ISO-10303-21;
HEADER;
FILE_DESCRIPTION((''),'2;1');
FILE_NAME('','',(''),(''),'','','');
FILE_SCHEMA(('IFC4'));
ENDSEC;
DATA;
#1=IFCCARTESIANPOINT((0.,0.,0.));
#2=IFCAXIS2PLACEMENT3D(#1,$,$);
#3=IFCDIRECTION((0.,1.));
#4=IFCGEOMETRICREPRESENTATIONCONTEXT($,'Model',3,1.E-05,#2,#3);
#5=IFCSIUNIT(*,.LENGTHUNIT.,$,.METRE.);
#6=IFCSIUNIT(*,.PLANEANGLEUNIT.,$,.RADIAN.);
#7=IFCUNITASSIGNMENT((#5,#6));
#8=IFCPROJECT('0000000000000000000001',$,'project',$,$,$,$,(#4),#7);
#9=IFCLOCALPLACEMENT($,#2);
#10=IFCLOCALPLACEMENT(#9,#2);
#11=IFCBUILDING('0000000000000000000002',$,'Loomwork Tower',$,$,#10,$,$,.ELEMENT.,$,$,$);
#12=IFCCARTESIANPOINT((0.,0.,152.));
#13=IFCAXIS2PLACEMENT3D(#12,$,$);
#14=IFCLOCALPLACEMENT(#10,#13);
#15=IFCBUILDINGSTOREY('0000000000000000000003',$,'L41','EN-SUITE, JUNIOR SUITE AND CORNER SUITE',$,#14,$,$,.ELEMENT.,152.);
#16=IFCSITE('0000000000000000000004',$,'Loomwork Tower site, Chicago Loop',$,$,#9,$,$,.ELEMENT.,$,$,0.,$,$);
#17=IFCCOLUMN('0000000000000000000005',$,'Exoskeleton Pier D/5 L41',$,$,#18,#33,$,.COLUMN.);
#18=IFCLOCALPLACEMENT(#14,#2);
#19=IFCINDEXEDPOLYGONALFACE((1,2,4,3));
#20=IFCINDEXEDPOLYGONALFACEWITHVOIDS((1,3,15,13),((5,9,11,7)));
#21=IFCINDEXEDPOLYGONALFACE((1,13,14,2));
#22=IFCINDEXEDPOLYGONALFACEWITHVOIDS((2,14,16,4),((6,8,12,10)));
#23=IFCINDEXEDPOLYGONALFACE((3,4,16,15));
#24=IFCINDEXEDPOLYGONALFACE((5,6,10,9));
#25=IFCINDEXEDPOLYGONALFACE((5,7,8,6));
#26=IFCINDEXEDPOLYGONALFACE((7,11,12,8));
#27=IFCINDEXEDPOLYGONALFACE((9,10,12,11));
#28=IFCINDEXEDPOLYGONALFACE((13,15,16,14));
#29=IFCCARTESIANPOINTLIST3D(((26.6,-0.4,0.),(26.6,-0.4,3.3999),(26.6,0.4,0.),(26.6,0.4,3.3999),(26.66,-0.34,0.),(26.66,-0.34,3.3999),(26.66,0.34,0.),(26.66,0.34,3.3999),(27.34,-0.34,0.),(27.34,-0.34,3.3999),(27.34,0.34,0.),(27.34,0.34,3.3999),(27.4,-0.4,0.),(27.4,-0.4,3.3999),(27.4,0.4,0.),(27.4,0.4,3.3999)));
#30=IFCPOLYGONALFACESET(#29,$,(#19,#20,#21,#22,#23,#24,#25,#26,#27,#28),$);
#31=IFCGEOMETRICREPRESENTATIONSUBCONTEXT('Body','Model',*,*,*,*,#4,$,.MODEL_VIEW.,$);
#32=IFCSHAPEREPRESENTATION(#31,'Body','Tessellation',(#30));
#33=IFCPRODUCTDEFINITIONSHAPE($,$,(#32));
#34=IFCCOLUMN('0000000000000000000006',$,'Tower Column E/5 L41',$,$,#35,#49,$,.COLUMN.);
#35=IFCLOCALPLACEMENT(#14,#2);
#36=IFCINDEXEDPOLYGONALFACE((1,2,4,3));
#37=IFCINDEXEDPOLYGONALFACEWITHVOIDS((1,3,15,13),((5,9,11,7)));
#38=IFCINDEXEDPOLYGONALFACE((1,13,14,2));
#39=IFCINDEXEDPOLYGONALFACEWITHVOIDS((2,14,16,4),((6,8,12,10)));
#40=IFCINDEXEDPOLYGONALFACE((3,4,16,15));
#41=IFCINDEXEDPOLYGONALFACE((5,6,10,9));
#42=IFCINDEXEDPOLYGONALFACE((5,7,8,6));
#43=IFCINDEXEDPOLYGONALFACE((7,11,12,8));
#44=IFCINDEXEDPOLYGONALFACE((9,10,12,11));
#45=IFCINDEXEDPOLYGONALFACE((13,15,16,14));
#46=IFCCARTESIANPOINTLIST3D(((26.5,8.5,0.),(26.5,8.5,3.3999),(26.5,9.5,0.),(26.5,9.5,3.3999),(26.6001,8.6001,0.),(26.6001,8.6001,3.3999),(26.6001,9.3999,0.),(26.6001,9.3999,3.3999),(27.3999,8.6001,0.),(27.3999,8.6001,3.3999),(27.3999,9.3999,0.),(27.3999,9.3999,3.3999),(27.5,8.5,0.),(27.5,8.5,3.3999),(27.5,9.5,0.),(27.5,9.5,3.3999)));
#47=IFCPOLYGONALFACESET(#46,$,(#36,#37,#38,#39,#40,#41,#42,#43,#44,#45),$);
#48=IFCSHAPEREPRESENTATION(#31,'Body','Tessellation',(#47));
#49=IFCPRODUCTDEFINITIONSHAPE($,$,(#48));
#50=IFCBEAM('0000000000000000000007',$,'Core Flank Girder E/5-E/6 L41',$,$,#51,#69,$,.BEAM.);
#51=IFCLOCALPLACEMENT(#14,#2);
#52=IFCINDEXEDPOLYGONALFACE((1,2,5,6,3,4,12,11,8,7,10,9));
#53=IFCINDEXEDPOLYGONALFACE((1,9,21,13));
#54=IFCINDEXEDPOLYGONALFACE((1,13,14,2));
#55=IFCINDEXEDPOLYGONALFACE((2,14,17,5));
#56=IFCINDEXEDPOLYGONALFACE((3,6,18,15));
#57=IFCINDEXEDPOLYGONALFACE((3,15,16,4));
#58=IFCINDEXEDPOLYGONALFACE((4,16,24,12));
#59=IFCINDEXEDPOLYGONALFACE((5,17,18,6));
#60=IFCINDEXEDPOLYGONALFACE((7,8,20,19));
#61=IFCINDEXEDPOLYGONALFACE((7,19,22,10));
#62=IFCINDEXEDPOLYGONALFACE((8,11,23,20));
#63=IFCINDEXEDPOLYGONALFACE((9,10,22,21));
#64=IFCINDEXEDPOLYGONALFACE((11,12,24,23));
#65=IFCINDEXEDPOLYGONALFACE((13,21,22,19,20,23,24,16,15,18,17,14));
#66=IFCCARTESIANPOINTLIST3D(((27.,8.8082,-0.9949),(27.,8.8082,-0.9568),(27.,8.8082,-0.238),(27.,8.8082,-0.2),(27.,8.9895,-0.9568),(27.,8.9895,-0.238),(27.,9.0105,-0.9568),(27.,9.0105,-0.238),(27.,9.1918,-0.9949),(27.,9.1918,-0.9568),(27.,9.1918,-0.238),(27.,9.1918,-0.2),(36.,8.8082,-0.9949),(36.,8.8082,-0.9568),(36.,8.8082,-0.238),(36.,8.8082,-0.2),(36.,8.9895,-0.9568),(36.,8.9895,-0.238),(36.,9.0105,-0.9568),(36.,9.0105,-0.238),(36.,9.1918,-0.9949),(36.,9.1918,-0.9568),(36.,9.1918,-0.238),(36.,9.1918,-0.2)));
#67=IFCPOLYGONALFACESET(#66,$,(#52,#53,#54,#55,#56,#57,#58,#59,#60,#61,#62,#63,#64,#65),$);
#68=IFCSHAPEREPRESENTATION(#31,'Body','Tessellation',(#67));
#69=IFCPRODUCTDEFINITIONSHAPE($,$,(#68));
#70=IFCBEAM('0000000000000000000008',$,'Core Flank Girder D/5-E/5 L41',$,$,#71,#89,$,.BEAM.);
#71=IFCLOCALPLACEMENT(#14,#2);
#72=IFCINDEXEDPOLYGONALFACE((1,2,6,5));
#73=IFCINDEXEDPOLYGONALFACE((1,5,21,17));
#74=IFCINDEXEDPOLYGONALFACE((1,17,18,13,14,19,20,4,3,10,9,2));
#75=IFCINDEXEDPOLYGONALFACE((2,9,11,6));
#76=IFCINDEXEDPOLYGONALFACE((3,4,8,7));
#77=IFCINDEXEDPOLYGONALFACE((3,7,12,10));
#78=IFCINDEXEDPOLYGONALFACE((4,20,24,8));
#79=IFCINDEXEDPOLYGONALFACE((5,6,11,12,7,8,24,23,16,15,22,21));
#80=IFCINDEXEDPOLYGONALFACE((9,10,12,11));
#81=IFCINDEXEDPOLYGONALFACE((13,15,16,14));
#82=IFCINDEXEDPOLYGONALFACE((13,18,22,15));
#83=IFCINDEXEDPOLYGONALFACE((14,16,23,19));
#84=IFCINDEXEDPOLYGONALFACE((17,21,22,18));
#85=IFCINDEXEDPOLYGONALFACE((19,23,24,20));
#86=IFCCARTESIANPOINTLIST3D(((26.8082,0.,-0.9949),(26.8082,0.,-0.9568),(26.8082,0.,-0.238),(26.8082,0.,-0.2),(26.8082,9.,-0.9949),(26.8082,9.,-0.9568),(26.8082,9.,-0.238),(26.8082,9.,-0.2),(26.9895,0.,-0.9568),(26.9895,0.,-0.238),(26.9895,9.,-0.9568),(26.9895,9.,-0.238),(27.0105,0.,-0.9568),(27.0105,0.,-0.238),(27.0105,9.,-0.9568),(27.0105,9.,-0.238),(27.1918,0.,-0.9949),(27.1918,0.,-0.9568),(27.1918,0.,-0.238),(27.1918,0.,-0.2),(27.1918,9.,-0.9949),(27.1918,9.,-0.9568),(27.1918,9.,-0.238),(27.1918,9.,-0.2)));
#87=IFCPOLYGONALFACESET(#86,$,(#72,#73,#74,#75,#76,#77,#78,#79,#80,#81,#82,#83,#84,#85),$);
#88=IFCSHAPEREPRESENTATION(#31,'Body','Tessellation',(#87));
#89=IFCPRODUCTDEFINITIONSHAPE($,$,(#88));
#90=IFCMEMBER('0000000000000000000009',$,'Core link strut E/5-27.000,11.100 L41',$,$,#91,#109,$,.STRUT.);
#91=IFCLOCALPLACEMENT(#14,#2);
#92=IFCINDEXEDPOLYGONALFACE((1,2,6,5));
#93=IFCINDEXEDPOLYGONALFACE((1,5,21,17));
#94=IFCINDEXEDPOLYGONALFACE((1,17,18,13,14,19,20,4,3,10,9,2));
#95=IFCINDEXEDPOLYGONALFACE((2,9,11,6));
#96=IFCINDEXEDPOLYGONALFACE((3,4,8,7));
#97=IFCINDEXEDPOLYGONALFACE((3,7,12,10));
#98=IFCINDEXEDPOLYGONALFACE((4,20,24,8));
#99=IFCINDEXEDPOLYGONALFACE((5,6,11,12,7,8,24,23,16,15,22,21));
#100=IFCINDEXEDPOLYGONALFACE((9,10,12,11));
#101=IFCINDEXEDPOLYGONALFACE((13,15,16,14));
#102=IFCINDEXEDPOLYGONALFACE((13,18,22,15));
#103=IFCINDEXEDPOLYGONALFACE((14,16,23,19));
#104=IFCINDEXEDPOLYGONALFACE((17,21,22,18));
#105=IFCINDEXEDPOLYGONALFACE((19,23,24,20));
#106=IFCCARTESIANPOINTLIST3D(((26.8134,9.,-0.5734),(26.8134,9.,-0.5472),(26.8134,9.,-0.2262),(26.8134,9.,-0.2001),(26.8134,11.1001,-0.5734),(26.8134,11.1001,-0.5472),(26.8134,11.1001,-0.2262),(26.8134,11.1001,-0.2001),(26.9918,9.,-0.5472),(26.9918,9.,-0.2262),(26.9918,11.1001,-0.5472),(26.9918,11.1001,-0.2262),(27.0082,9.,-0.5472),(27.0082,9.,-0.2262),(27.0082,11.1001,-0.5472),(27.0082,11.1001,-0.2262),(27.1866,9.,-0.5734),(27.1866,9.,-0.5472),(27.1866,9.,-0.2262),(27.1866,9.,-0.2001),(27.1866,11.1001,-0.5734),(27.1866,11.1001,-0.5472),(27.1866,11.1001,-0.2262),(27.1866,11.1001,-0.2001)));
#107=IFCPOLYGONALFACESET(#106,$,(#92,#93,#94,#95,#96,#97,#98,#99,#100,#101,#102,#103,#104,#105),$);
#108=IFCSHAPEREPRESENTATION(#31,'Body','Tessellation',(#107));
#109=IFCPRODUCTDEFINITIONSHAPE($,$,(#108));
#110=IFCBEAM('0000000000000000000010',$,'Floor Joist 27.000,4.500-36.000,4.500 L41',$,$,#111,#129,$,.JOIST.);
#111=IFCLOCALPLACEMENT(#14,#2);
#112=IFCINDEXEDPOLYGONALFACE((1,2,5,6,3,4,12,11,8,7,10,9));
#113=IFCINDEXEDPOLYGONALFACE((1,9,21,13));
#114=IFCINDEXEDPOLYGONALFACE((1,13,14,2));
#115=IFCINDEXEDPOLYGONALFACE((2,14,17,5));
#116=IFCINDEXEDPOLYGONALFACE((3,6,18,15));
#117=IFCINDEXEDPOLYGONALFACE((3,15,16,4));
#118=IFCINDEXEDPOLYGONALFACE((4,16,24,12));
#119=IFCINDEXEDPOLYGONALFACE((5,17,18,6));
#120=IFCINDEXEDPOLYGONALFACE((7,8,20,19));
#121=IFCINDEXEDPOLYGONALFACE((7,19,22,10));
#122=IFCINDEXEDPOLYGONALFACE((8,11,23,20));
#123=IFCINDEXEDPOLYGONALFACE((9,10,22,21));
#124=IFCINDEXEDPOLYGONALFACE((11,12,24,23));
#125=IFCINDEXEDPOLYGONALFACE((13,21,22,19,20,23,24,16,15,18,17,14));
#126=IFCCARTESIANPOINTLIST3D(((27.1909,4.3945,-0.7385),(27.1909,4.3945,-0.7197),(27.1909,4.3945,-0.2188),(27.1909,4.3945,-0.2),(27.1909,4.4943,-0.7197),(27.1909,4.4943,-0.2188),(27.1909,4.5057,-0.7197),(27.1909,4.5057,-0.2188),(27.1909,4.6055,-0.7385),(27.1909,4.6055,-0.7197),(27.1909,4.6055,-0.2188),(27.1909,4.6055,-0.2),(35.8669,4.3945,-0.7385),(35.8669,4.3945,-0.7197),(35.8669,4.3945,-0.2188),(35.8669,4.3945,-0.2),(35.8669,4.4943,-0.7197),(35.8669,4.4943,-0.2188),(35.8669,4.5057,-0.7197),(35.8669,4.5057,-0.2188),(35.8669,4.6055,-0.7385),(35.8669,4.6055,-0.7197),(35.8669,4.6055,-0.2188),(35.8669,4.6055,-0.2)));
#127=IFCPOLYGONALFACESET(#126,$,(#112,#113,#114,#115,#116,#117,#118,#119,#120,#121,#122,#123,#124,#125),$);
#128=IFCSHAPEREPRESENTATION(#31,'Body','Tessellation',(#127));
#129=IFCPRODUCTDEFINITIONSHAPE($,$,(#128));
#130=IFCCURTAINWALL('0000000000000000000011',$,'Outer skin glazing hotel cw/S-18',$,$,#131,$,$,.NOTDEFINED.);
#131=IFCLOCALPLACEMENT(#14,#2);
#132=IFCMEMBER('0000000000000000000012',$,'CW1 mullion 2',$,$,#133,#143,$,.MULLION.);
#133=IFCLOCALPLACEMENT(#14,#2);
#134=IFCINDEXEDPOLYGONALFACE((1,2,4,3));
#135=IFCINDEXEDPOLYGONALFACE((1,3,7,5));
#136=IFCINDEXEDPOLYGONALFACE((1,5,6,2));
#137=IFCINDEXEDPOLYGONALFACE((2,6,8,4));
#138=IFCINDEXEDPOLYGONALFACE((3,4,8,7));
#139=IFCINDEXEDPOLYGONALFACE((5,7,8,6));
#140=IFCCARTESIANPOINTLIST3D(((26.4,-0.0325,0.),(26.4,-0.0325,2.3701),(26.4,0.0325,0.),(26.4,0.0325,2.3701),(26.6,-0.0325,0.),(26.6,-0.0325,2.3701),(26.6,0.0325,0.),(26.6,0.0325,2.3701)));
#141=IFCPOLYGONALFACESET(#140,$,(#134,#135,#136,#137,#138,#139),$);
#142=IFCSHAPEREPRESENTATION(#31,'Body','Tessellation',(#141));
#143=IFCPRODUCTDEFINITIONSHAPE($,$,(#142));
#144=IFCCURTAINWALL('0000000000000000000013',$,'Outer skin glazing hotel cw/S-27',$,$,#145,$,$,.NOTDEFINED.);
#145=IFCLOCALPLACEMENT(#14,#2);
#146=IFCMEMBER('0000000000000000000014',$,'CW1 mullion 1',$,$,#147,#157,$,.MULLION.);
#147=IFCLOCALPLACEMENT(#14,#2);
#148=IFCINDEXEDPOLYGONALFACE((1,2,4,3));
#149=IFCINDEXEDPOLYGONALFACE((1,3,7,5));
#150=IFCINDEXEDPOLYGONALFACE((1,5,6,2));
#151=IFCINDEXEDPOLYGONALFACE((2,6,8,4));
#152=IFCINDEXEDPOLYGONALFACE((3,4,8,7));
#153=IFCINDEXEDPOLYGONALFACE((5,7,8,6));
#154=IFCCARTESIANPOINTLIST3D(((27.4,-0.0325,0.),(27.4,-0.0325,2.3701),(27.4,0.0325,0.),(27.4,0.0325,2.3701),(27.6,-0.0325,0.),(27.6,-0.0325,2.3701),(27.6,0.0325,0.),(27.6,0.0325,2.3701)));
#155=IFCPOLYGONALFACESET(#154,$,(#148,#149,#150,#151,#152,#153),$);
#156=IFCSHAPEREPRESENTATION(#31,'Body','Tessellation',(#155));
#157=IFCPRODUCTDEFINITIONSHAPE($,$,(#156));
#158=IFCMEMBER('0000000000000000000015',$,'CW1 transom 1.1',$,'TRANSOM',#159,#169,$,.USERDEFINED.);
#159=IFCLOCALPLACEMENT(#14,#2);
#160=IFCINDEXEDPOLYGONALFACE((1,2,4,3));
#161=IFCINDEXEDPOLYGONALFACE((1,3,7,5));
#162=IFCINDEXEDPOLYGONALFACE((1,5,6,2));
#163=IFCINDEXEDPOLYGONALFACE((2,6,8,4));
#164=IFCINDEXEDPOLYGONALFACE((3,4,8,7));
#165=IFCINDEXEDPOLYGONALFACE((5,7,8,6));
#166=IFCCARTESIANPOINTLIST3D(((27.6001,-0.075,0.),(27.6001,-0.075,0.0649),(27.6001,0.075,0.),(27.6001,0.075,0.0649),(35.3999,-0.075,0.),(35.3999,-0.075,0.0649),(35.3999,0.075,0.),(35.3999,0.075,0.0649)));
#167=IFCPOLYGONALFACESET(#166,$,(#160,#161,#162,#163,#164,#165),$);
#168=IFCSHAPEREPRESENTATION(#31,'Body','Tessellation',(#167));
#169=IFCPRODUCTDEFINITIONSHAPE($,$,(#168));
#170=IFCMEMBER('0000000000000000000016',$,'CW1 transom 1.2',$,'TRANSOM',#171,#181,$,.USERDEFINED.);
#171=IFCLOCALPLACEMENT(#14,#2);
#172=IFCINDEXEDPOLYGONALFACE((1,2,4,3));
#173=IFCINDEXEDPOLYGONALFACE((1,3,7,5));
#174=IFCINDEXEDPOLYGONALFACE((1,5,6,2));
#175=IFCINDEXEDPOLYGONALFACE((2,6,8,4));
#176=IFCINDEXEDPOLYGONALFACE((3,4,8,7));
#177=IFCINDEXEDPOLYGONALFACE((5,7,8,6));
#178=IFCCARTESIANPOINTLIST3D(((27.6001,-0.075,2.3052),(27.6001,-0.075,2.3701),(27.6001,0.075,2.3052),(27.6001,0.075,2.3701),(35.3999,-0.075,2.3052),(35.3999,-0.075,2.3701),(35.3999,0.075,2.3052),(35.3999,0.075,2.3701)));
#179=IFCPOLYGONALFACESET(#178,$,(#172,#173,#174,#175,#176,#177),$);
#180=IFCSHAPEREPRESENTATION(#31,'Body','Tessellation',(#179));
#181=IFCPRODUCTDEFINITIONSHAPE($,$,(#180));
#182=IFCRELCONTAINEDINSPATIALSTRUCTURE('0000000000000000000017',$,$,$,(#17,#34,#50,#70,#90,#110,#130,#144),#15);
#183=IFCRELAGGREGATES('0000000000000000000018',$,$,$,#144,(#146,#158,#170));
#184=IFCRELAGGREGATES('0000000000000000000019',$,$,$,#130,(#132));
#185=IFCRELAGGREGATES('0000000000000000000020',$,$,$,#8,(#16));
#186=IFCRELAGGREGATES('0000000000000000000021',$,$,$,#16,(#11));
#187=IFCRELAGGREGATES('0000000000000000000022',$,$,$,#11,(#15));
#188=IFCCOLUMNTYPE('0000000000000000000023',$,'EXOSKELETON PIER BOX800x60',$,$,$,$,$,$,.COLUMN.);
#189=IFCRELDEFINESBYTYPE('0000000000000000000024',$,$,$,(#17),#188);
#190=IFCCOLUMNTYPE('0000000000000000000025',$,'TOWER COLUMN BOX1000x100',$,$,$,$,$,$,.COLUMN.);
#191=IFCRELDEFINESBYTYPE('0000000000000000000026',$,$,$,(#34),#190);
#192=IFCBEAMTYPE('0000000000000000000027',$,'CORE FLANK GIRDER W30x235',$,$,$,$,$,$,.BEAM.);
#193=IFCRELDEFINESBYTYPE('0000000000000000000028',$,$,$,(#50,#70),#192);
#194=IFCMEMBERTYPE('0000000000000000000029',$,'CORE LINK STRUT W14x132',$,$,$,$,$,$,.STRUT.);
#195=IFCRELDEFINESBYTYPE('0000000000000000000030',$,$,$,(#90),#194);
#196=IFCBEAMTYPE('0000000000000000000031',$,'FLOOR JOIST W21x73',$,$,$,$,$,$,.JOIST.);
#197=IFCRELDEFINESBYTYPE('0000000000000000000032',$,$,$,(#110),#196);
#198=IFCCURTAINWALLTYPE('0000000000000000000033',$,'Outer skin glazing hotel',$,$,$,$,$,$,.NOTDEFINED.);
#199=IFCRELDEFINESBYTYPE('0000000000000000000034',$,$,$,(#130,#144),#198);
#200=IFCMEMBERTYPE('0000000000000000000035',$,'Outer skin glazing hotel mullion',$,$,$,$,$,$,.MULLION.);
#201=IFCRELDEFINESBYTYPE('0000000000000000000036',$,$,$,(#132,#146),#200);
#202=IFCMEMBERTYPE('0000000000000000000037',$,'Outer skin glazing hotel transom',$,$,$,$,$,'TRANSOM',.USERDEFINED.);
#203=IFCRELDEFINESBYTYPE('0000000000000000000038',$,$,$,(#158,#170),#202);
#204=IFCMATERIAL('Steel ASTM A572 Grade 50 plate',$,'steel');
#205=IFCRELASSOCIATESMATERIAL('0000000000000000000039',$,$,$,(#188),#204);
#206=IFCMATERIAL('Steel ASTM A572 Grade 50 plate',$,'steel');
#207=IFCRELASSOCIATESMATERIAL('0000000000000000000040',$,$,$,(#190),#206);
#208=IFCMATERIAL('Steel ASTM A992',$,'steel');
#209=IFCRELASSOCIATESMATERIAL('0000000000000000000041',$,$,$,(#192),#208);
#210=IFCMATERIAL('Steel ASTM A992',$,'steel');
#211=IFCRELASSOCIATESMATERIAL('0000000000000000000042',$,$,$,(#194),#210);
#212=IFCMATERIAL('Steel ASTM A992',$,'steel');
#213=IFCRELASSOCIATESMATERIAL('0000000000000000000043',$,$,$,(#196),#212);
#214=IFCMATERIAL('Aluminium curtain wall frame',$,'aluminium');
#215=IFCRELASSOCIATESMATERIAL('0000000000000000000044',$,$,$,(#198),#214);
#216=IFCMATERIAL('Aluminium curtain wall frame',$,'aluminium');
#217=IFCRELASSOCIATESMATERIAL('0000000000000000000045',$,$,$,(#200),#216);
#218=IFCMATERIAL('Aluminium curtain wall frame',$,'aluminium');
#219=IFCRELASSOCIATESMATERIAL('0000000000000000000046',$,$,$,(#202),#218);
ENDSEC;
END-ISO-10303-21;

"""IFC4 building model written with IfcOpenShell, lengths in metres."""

from ifc_helpers import new_model, si_unit, direction, frame, origin, origin_2d, place, context, subcontext, project, spatial, rectangle, hollow_rectangle, i_section, extrude, material, material_profile, profile_set, type_object, element, aggregate, save


model = new_model("IFC4")

# Units and contexts
model_context = context("Model", 3, precision=1e-05, world=origin(), true_north=direction((0.0, 1.0)))
body_context = subcontext(model_context, "Body", "Model", "MODEL_VIEW")
ifc_project = project(units=[si_unit("LENGTHUNIT", "METRE"), si_unit("PLANEANGLEUNIT", "RADIAN")], contexts=[model_context])

# Site, building, storey
site_placement = place(None, origin())
site = spatial("IfcSite", under=ifc_project, at=site_placement, Name="Loomwork Tower site, Chicago Loop", CompositionType="ELEMENT", RefElevation=0.0)
building_placement = place(site_placement, origin())
building = spatial("IfcBuilding", under=site, at=building_placement, Name="Loomwork Tower", CompositionType="ELEMENT")
storey_placement = place(building_placement, frame((0.0, 0.0, 152.0)))
storey = spatial("IfcBuildingStorey", under=building, at=storey_placement, Name="L41", Description="EN-SUITE, JUNIOR SUITE AND CORNER SUITE", CompositionType="ELEMENT", Elevation=152.0)

# Columns
ifc_material_1 = material(Name="Steel ASTM A572 Grade 50 plate", Category="steel")
ifc_material_profile_1 = material_profile(ifc_material_1, hollow_rectangle(XDim=0.8, YDim=0.8, WallThickness=0.0601, at=origin_2d()), Name="BOX800x60")
ifc_profile_set_1 = profile_set([ifc_material_profile_1], Name="Steel ASTM A572 Grade 50 plate")
column_type_1 = type_object("IfcColumnType", Name="EXOSKELETON PIER BOX800x60", PredefinedType="COLUMN", material=ifc_profile_set_1)
column_1_placement = place(storey_placement, frame((27.0, 0.0, 0.0), z_axis=(0.0, 0.0, 1.0), x_axis=(1.0, 0.0, 0.0)))
element("IfcColumn", 1, at=column_1_placement, inside=storey, type_object=column_type_1, Name="Exoskeleton Pier D/5 L41", PredefinedType="COLUMN", context=body_context, shape_type="SweptSolid", body=[
    extrude(hollow_rectangle(XDim=0.8, YDim=0.8, WallThickness=0.0601, at=origin_2d()), origin(), (0.0, 0.0, 1.0), 3.3999),
])
ifc_material_2 = material(Name="Steel ASTM A572 Grade 50 plate", Category="steel")
ifc_material_profile_2 = material_profile(ifc_material_2, hollow_rectangle(XDim=1.0, YDim=1.0, WallThickness=0.1001, at=origin_2d()), Name="BOX1000x100")
ifc_profile_set_2 = profile_set([ifc_material_profile_2], Name="Steel ASTM A572 Grade 50 plate")
column_type_2 = type_object("IfcColumnType", Name="TOWER COLUMN BOX1000x100", PredefinedType="COLUMN", material=ifc_profile_set_2)
column_2_placement = place(storey_placement, frame((27.0, 9.0, 0.0), z_axis=(0.0, 0.0, 1.0), x_axis=(1.0, 0.0, 0.0)))
element("IfcColumn", 2, at=column_2_placement, inside=storey, type_object=column_type_2, Name="Tower Column E/5 L41", PredefinedType="COLUMN", context=body_context, shape_type="SweptSolid", body=[
    extrude(hollow_rectangle(XDim=1.0, YDim=1.0, WallThickness=0.1001, at=origin_2d()), origin(), (0.0, 0.0, 1.0), 3.3999),
])

# Beams
ifc_material_3 = material(Name="Steel ASTM A992", Category="steel")
ifc_material_profile_3 = material_profile(ifc_material_3, i_section(OverallWidth=0.3835, OverallDepth=0.7949, WebThickness=0.021, FlangeThickness=0.0381, at=origin_2d()), Name="W30x235")
ifc_profile_set_3 = profile_set([ifc_material_profile_3], Name="Steel ASTM A992")
beam_type_1 = type_object("IfcBeamType", Name="CORE FLANK GIRDER W30x235", PredefinedType="BEAM", material=ifc_profile_set_3)
for number, where, z_axis, x_axis, name in (
    (3, (27.0, 9.0, -0.5974), (1.0, 0.0, 0.0), (0.0, 1.0, 0.0), "Core Flank Girder E/5-E/6 L41"),
    (4, (27.0, 0.0, -0.5974), (0.0, 1.0, 0.0), (-1.0, 0.0, 0.0), "Core Flank Girder D/5-E/5 L41"),
):
    element("IfcBeam", number, at=place(storey_placement, frame(where, z_axis=z_axis, x_axis=x_axis)), inside=storey, type_object=beam_type_1, Name=name, PredefinedType="BEAM", context=body_context, shape_type="SweptSolid", body=[
        extrude(i_section(OverallWidth=0.3835, OverallDepth=0.7949, WebThickness=0.021, FlangeThickness=0.0381, at=origin_2d()), origin(), (0.0, 0.0, 1.0), 9.0),
    ])

# Member
ifc_material_4 = material(Name="Steel ASTM A992", Category="steel")
ifc_material_profile_4 = material_profile(ifc_material_4, i_section(OverallWidth=0.3733, OverallDepth=0.3733, WebThickness=0.0164, FlangeThickness=0.0261, at=origin_2d()), Name="W14x132")
ifc_profile_set_4 = profile_set([ifc_material_profile_4], Name="Steel ASTM A992")
member_type_1 = type_object("IfcMemberType", Name="CORE LINK STRUT W14x132", PredefinedType="STRUT", material=ifc_profile_set_4)
member_1_placement = place(storey_placement, frame((27.0, 9.0, -0.3867), z_axis=(0.0, 1.0, 0.0), x_axis=(-1.0, 0.0, 0.0)))
element("IfcMember", 5, at=member_1_placement, inside=storey, type_object=member_type_1, Name="Core link strut E/5-27.000,11.100 L41", PredefinedType="STRUT", context=body_context, shape_type="SweptSolid", body=[
    extrude(i_section(OverallWidth=0.3733, OverallDepth=0.3733, WebThickness=0.0164, FlangeThickness=0.0261, at=origin_2d()), origin(), (0.0, 0.0, 1.0), 2.1001),
])

# Beam
ifc_material_5 = material(Name="Steel ASTM A992", Category="steel")
ifc_material_profile_5 = material_profile(ifc_material_5, i_section(OverallWidth=0.2109, OverallDepth=0.5386, WebThickness=0.0115, FlangeThickness=0.0188, at=origin_2d()), Name="W21x73")
ifc_profile_set_5 = profile_set([ifc_material_profile_5], Name="Steel ASTM A992")
beam_type_2 = type_object("IfcBeamType", Name="FLOOR JOIST W21x73", PredefinedType="JOIST", material=ifc_profile_set_5)
beam_1_placement = place(storey_placement, frame((27.1909, 4.5, -0.4692), z_axis=(1.0, 0.0, 0.0), x_axis=(0.0, 1.0, 0.0)))
element("IfcBeam", 6, at=beam_1_placement, inside=storey, type_object=beam_type_2, Name="Floor Joist 27.000,4.500-36.000,4.500 L41", PredefinedType="JOIST", context=body_context, shape_type="SweptSolid", body=[
    extrude(i_section(OverallWidth=0.2109, OverallDepth=0.5386, WebThickness=0.0115, FlangeThickness=0.0188, at=origin_2d()), origin(), (0.0, 0.0, 1.0), 8.676),
])

# Curtain wall, member
ifc_material_6 = material(Name="Aluminium curtain wall frame", Category="aluminium")
curtain_wall_type = type_object("IfcCurtainWallType", Name="Outer skin glazing hotel", PredefinedType="NOTDEFINED", material=ifc_material_6)
curtain_wall_1_placement = place(storey_placement, origin())
curtain_wall_1 = element("IfcCurtainWall", 7, at=curtain_wall_1_placement, inside=storey, type_object=curtain_wall_type, Name="Outer skin glazing hotel cw/S-18", PredefinedType="NOTDEFINED")
ifc_material_7 = material(Name="Aluminium curtain wall frame", Category="aluminium")
ifc_material_profile_6 = material_profile(ifc_material_7, rectangle(XDim=0.0649, YDim=0.2, at=origin_2d()), Name="AL 65x200")
ifc_profile_set_6 = profile_set([ifc_material_profile_6], Name="Aluminium curtain wall frame")
member_type_2 = type_object("IfcMemberType", Name="Outer skin glazing hotel mullion", PredefinedType="MULLION", material=ifc_profile_set_6)
member_2_placement = place(storey_placement, frame((26.5, 0.0, 0.0), z_axis=(0.0, 0.0, 1.0), x_axis=(0.0, 1.0, 0.0)))
member_2 = element("IfcMember", 8, at=member_2_placement, type_object=member_type_2, Name="CW1 mullion 2", PredefinedType="MULLION", context=body_context, shape_type="SweptSolid", body=[
    extrude(rectangle(XDim=0.0649, YDim=0.2, at=origin_2d()), origin(), (0.0, 0.0, 1.0), 2.3701),
])

# Curtain wall, members
curtain_wall_2_placement = place(storey_placement, origin())
curtain_wall_2 = element("IfcCurtainWall", 9, at=curtain_wall_2_placement, inside=storey, type_object=curtain_wall_type, Name="Outer skin glazing hotel cw/S-27", PredefinedType="NOTDEFINED")
member_3_placement = place(storey_placement, frame((27.5, 0.0, 0.0), z_axis=(0.0, 0.0, 1.0), x_axis=(0.0, 1.0, 0.0)))
member_3 = element("IfcMember", 10, at=member_3_placement, type_object=member_type_2, Name="CW1 mullion 1", PredefinedType="MULLION", context=body_context, shape_type="SweptSolid", body=[
    extrude(rectangle(XDim=0.0649, YDim=0.2, at=origin_2d()), origin(), (0.0, 0.0, 1.0), 2.3701),
])
ifc_material_8 = material(Name="Aluminium curtain wall frame", Category="aluminium")
ifc_material_profile_7 = material_profile(ifc_material_8, rectangle(XDim=0.1499, YDim=0.0649, at=origin_2d()), Name="AL 65x150")
ifc_profile_set_7 = profile_set([ifc_material_profile_7], Name="Aluminium curtain wall frame")
member_type_3 = type_object("IfcMemberType", Name="Outer skin glazing hotel transom", ElementType="TRANSOM", PredefinedType="USERDEFINED", material=ifc_profile_set_7)
member_4_placement = place(storey_placement, frame((27.6001, 0.0, 0.0325), z_axis=(1.0, 0.0, 0.0), x_axis=(0.0, 1.0, 0.0)))
member_4 = element("IfcMember", 11, at=member_4_placement, type_object=member_type_3, Name="CW1 transom 1.1", ObjectType="TRANSOM", PredefinedType="USERDEFINED", context=body_context, shape_type="SweptSolid", body=[
    extrude(rectangle(XDim=0.1499, YDim=0.0649, at=origin_2d()), origin(), (0.0, 0.0, 1.0), 7.7998),
])
member_5_placement = place(storey_placement, frame((27.6001, 0.0, 2.3376), z_axis=(1.0, 0.0, 0.0), x_axis=(0.0, 1.0, 0.0)))
member_5 = element("IfcMember", 12, at=member_5_placement, type_object=member_type_3, Name="CW1 transom 1.2", ObjectType="TRANSOM", PredefinedType="USERDEFINED", context=body_context, shape_type="SweptSolid", body=[
    extrude(rectangle(XDim=0.1499, YDim=0.0649, at=origin_2d()), origin(), (0.0, 0.0, 1.0), 7.7998),
])
aggregate(curtain_wall_2, [member_3, member_4, member_5])

aggregate(curtain_wall_1, [member_2])

save(model, "model.ifc")
